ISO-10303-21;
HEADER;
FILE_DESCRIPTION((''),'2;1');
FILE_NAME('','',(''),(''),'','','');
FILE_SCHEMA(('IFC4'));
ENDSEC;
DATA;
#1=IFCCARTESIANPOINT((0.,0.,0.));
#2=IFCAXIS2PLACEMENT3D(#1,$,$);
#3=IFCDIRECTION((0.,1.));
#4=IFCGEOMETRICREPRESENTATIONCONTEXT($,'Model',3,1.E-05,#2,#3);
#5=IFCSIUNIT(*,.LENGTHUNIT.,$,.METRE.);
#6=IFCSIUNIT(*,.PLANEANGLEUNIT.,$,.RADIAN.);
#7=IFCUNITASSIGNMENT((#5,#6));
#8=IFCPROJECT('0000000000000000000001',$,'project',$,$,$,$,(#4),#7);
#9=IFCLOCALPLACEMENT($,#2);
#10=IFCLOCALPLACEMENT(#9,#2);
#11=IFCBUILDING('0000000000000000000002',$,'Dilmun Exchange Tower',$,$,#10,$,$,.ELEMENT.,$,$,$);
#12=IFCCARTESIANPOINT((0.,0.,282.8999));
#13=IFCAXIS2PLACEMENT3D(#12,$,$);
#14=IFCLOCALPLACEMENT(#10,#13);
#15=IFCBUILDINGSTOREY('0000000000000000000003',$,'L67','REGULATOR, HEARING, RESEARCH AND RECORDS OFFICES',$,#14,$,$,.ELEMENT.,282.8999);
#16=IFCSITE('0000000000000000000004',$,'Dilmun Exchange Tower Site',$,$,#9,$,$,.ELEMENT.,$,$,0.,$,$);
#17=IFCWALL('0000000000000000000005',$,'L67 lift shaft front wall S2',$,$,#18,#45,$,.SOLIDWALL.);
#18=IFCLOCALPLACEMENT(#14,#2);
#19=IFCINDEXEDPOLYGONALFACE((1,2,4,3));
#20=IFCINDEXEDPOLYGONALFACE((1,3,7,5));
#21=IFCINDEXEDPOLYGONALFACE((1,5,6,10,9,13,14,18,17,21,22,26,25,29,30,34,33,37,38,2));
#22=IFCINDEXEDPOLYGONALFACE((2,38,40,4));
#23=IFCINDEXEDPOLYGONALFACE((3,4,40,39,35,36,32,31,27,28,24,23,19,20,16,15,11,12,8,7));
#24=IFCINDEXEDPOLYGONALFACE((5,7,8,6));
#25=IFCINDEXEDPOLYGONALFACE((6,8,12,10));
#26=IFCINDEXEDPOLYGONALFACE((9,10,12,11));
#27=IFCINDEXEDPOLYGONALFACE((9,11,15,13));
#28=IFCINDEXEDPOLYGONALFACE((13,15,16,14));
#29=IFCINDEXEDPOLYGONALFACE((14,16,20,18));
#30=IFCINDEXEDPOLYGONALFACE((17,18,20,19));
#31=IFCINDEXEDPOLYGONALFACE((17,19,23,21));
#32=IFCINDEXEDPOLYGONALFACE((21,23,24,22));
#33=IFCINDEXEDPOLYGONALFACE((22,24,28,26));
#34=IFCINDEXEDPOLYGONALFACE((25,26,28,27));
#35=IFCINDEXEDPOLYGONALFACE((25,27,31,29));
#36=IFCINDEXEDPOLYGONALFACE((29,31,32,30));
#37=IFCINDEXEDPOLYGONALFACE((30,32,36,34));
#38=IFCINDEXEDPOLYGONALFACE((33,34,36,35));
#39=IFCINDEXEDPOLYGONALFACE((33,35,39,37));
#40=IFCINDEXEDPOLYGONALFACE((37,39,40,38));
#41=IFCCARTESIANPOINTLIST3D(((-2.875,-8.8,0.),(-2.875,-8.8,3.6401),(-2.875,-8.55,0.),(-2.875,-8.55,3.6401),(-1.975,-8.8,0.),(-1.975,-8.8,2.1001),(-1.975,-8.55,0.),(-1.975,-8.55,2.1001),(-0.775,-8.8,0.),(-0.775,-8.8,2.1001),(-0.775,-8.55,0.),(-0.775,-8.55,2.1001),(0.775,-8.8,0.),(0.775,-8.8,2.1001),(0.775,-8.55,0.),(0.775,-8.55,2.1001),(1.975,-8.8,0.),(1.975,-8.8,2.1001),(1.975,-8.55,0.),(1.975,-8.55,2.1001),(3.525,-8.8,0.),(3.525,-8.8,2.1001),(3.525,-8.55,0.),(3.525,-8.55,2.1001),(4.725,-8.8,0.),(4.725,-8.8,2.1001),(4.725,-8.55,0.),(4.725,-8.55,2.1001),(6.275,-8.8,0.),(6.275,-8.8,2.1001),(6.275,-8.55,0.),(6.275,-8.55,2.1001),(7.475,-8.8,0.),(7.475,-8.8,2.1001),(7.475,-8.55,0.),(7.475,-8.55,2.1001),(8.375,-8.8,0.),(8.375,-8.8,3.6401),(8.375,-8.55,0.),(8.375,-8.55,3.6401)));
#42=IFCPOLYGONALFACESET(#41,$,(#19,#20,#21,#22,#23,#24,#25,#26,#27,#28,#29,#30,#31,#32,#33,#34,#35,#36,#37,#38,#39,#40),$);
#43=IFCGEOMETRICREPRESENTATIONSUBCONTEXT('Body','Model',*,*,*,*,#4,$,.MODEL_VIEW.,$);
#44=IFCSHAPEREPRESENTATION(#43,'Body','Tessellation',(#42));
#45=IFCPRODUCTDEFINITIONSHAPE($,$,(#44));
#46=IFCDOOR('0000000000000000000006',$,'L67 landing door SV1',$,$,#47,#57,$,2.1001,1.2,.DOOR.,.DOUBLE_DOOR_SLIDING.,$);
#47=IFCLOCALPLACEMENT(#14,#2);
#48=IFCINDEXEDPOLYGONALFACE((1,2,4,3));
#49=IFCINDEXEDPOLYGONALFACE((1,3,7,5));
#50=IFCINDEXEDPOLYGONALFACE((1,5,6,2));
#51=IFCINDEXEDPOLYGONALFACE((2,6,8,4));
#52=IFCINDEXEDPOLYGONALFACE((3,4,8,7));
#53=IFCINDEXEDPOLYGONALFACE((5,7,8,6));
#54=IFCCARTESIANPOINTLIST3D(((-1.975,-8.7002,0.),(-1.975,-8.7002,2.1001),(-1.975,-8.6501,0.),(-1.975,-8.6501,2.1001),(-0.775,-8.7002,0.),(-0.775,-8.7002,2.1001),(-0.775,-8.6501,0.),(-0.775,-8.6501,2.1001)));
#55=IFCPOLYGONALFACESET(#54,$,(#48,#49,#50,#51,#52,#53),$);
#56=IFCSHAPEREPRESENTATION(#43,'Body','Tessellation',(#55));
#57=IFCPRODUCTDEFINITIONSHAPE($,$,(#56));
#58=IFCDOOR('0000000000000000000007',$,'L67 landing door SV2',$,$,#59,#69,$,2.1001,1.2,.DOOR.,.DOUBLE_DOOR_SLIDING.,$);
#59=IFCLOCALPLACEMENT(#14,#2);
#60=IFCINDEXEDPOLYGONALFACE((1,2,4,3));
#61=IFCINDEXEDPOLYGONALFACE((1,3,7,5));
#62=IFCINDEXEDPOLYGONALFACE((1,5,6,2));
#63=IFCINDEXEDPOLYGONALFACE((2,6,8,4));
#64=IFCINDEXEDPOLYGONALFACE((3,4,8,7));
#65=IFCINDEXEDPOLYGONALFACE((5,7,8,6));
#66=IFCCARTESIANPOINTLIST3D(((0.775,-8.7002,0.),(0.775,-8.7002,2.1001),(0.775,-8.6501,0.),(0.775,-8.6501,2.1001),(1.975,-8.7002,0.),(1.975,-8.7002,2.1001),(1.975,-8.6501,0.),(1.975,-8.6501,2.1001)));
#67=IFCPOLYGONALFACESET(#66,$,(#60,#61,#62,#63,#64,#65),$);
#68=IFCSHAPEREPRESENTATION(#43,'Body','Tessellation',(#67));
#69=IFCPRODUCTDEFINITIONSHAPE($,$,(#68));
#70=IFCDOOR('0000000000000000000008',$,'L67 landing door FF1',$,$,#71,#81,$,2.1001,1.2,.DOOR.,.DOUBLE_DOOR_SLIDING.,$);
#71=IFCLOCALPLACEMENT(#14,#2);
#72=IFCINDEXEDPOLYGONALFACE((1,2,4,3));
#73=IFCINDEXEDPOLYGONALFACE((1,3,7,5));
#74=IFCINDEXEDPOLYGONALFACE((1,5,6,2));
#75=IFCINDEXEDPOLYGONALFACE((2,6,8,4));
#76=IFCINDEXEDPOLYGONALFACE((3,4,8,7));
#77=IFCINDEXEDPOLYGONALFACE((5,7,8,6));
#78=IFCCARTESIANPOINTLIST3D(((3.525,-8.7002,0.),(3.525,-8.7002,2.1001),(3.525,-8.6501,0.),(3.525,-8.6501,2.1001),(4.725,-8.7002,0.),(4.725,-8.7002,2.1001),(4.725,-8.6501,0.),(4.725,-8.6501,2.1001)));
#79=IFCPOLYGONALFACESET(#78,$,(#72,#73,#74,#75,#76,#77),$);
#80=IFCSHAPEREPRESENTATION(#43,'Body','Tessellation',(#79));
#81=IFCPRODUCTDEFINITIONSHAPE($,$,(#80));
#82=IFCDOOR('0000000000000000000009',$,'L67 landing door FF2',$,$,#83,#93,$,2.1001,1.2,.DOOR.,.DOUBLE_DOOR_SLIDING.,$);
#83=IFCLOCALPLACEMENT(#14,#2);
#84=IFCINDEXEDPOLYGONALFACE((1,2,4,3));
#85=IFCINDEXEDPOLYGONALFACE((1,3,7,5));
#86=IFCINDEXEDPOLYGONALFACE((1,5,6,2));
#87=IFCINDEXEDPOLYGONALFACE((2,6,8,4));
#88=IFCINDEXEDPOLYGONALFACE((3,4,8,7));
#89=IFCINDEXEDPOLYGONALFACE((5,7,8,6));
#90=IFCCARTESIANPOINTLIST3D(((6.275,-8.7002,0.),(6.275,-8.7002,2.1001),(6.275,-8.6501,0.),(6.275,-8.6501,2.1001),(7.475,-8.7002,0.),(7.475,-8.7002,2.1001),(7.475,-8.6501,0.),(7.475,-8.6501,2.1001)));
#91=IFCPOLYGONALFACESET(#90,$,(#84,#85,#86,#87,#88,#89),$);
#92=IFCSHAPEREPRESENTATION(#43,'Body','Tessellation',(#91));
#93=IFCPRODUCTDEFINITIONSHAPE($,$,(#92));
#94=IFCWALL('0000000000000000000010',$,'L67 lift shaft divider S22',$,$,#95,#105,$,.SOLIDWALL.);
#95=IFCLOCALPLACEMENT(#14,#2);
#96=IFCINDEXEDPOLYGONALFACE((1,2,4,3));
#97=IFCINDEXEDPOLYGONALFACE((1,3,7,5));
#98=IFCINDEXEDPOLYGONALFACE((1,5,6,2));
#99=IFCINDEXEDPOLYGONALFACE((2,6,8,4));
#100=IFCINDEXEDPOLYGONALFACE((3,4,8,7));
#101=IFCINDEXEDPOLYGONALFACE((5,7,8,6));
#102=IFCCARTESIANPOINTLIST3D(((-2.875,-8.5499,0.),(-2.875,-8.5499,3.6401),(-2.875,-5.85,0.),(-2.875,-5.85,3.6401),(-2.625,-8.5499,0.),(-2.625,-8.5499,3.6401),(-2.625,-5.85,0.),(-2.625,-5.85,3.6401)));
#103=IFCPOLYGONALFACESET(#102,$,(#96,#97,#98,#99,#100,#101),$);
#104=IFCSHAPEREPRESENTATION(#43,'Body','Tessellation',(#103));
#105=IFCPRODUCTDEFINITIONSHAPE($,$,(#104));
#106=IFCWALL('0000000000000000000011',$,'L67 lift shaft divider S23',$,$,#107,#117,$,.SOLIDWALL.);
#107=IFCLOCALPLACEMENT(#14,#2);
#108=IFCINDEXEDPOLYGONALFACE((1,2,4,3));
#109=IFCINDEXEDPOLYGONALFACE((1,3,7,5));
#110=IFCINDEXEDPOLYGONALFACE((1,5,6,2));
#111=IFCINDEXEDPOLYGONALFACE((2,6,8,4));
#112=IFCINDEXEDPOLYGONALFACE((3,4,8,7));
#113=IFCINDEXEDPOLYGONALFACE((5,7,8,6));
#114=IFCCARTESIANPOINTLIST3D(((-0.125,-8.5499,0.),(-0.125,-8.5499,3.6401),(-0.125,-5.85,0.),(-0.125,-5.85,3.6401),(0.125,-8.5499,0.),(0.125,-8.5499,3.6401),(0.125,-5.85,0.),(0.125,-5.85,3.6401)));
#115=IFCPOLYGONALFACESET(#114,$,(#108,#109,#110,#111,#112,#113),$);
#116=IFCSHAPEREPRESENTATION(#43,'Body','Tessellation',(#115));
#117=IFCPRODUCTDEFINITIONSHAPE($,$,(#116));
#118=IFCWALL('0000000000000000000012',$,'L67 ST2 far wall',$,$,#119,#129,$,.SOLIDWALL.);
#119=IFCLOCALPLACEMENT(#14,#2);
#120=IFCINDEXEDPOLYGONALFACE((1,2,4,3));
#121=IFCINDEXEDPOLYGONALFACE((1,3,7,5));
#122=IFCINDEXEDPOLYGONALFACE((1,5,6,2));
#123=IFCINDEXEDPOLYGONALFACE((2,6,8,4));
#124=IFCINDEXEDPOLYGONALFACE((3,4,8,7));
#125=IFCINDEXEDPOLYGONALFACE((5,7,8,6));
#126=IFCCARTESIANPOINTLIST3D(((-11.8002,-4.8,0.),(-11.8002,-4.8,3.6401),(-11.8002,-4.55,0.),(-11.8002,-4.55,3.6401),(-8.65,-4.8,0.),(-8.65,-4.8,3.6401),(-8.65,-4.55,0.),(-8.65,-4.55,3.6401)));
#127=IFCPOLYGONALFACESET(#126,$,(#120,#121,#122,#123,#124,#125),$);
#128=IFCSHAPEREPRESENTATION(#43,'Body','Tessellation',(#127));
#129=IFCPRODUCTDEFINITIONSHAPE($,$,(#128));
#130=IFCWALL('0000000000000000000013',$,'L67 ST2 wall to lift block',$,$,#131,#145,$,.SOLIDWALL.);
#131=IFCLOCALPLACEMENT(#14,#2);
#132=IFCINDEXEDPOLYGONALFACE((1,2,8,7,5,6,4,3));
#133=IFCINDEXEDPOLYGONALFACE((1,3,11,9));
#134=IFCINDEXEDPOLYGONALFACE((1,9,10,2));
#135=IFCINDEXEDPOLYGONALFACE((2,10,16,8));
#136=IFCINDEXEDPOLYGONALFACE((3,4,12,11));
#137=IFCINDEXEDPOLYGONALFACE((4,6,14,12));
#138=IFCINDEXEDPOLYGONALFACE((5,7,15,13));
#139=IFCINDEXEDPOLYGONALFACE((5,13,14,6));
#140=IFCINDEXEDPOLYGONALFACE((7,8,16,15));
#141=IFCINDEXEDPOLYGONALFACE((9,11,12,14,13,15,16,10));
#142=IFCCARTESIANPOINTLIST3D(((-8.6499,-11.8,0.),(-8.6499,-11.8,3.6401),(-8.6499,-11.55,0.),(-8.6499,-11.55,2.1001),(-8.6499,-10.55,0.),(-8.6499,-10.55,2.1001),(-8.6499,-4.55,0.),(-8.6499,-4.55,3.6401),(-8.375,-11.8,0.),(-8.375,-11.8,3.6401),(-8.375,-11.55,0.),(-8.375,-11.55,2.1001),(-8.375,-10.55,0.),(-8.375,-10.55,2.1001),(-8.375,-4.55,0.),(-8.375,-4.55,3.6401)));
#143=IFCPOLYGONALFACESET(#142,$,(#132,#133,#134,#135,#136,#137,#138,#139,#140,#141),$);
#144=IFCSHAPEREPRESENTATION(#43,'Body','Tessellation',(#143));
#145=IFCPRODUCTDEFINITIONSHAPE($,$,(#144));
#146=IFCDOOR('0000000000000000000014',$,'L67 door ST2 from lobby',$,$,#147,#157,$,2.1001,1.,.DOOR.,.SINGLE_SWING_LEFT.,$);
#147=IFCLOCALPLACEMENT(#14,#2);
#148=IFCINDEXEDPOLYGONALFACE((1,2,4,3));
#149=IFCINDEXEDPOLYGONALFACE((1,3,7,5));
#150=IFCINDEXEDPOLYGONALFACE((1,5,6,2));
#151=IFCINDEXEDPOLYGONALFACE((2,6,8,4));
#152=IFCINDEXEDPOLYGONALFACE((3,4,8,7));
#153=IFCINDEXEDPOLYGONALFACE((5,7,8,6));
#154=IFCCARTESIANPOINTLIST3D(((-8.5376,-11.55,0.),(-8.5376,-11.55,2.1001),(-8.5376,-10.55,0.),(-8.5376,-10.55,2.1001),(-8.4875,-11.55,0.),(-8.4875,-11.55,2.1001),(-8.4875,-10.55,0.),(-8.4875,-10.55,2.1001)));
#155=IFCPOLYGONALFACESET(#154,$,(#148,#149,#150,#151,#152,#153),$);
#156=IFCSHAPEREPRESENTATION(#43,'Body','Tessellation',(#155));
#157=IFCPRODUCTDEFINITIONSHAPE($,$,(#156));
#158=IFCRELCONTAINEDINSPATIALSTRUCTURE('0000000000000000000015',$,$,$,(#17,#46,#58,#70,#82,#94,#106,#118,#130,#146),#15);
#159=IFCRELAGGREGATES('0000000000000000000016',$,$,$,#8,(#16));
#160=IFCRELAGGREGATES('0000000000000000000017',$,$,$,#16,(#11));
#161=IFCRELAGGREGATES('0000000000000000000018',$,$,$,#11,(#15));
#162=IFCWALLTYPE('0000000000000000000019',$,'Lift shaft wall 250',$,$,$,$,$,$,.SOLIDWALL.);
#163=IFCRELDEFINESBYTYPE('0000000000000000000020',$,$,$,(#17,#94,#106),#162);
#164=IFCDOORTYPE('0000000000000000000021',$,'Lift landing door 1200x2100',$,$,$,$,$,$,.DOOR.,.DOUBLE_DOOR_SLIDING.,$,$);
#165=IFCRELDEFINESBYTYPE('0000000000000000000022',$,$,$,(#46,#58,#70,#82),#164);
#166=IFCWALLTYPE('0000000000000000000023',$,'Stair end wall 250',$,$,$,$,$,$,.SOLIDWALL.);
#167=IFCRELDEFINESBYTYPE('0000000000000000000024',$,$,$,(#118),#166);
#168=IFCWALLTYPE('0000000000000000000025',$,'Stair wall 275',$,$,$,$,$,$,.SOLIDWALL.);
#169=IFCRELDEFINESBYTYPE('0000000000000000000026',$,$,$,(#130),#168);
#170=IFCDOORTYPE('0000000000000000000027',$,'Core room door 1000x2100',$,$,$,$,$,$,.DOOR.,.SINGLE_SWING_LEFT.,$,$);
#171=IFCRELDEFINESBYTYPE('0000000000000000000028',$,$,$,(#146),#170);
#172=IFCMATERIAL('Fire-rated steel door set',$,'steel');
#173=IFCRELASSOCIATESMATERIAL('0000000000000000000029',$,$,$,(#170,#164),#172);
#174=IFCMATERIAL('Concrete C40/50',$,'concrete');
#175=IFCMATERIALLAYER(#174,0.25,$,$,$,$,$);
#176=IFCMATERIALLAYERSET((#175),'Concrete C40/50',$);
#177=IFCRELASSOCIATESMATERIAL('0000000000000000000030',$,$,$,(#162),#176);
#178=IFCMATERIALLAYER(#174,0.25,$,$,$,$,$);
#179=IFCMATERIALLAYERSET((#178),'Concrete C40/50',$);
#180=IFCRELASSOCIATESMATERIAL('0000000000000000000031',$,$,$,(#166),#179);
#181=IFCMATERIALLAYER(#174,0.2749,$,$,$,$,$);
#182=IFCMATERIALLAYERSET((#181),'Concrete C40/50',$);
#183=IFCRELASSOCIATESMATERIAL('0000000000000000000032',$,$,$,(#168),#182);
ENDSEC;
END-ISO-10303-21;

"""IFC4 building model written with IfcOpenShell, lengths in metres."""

from ifc_helpers import new_model, si_unit, direction, frame, frame_2d, origin, place, context, subcontext, project, spatial, rectangle, extrude, material, layer, layer_set, type_object, element, fill, save


model = new_model("IFC4")

# Units and contexts
model_context = context("Model", 3, precision=1e-05, world=origin(), true_north=direction((0.0, 1.0)))
body_context = subcontext(model_context, "Body", "Model", "MODEL_VIEW")
ifc_project = project(units=[si_unit("LENGTHUNIT", "METRE"), si_unit("PLANEANGLEUNIT", "RADIAN")], contexts=[model_context])

# Site, building, storey
site_placement = place(None, origin())
site = spatial("IfcSite", under=ifc_project, at=site_placement, Name="Dilmun Exchange Tower Site", CompositionType="ELEMENT", RefElevation=0.0)
building_placement = place(site_placement, origin())
building = spatial("IfcBuilding", under=site, at=building_placement, Name="Dilmun Exchange Tower", CompositionType="ELEMENT")
storey_placement = place(building_placement, frame((0.0, 0.0, 282.8999)))
storey = spatial("IfcBuildingStorey", under=building, at=storey_placement, Name="L67", Description="REGULATOR, HEARING, RESEARCH AND RECORDS OFFICES", CompositionType="ELEMENT", Elevation=282.8999)

# Shared definitions
ifc_material_1 = material(Name="Concrete C40/50", Category="concrete")

# Shared definitions
ifc_material_2 = material(Name="Fire-rated steel door set", Category="steel")
door_type_1 = type_object("IfcDoorType", Name="Core room door 1000x2100", OperationType="SINGLE_SWING_LEFT", PredefinedType="DOOR", material=ifc_material_2)

# Wall, openings, doors
ifc_layer_1 = layer(ifc_material_1, 0.25)
ifc_layer_set_1 = layer_set([ifc_layer_1], Name="Concrete C40/50")
wall_type_1 = type_object("IfcWallType", Name="Lift shaft wall 250", PredefinedType="SOLIDWALL", material=ifc_layer_set_1)
wall_1_placement = place(storey_placement, frame((-2.875, -8.675, 0.0), z_axis=(0.0, 0.0, 1.0), x_axis=(1.0, 0.0, 0.0)))
wall_1 = element("IfcWall", 1, at=wall_1_placement, inside=storey, type_object=wall_type_1, Name="L67 lift shaft front wall S2", PredefinedType="SOLIDWALL", context=body_context, shape_type="SweptSolid", body=[
    extrude(rectangle(XDim=11.25, YDim=0.25, at=frame_2d((5.625, 0.0))), origin(), (0.0, 0.0, 1.0), 3.6401),
])
opening_1_placement = place(wall_1_placement, frame((0.8999, 0.0, 0.0)))
opening_1 = element("IfcOpeningElement", 2, at=opening_1_placement, cuts=wall_1, PredefinedType="OPENING", context=body_context, shape_type="SweptSolid", body=[
    extrude(rectangle(XDim=1.2, YDim=2.1001, at=frame_2d((0.6001, 1.05))), frame((0.0, 0.135, 0.0), z_axis=(0.0, -1.0, 0.0), x_axis=(1.0, 0.0, 0.0)), (0.0, 0.0, 1.0), 0.27),
])
opening_2_placement = place(wall_1_placement, frame((3.6499, 0.0, 0.0)))
opening_2 = element("IfcOpeningElement", 3, at=opening_2_placement, cuts=wall_1, PredefinedType="OPENING", context=body_context, shape_type="SweptSolid", body=[
    extrude(rectangle(XDim=1.2, YDim=2.1001, at=frame_2d((0.6001, 1.05))), frame((0.0, 0.135, 0.0), z_axis=(0.0, -1.0, 0.0), x_axis=(1.0, 0.0, 0.0)), (0.0, 0.0, 1.0), 0.27),
])
opening_3_placement = place(wall_1_placement, frame((6.3999, 0.0, 0.0)))
opening_3 = element("IfcOpeningElement", 4, at=opening_3_placement, cuts=wall_1, PredefinedType="OPENING", context=body_context, shape_type="SweptSolid", body=[
    extrude(rectangle(XDim=1.2, YDim=2.1001, at=frame_2d((0.6001, 1.05))), frame((0.0, 0.135, 0.0), z_axis=(0.0, -1.0, 0.0), x_axis=(1.0, 0.0, 0.0)), (0.0, 0.0, 1.0), 0.27),
])
opening_4_placement = place(wall_1_placement, frame((9.1499, 0.0, 0.0)))
opening_4 = element("IfcOpeningElement", 5, at=opening_4_placement, cuts=wall_1, PredefinedType="OPENING", context=body_context, shape_type="SweptSolid", body=[
    extrude(rectangle(XDim=1.2, YDim=2.1001, at=frame_2d((0.6001, 1.05))), frame((0.0, 0.135, 0.0), z_axis=(0.0, -1.0, 0.0), x_axis=(1.0, 0.0, 0.0)), (0.0, 0.0, 1.0), 0.27),
])
door_type_2 = type_object("IfcDoorType", Name="Lift landing door 1200x2100", OperationType="DOUBLE_DOOR_SLIDING", PredefinedType="DOOR", material=ifc_material_2)
door_1_placement = place(opening_1_placement, origin())
door_1 = element("IfcDoor", 6, at=door_1_placement, inside=storey, type_object=door_type_2, Name="L67 landing door SV1", OperationType="DOUBLE_DOOR_SLIDING", OverallHeight=2.1001, OverallWidth=1.2, PredefinedType="DOOR", context=body_context, shape_type="SweptSolid", body=[
    extrude(rectangle(XDim=1.2, YDim=2.1001, at=frame_2d((0.6001, 1.05))), frame((0.0, 0.0249, 0.0), z_axis=(0.0, -1.0, 0.0), x_axis=(1.0, 0.0, 0.0)), (0.0, 0.0, 1.0), 0.05),
])
fill(opening_1, door_1)
door_2_placement = place(opening_2_placement, origin())
door_2 = element("IfcDoor", 7, at=door_2_placement, inside=storey, type_object=door_type_2, Name="L67 landing door SV2", OperationType="DOUBLE_DOOR_SLIDING", OverallHeight=2.1001, OverallWidth=1.2, PredefinedType="DOOR", context=body_context, shape_type="SweptSolid", body=[
    extrude(rectangle(XDim=1.2, YDim=2.1001, at=frame_2d((0.6001, 1.05))), frame((0.0, 0.0249, 0.0), z_axis=(0.0, -1.0, 0.0), x_axis=(1.0, 0.0, 0.0)), (0.0, 0.0, 1.0), 0.05),
])
fill(opening_2, door_2)
door_3_placement = place(opening_3_placement, origin())
door_3 = element("IfcDoor", 8, at=door_3_placement, inside=storey, type_object=door_type_2, Name="L67 landing door FF1", OperationType="DOUBLE_DOOR_SLIDING", OverallHeight=2.1001, OverallWidth=1.2, PredefinedType="DOOR", context=body_context, shape_type="SweptSolid", body=[
    extrude(rectangle(XDim=1.2, YDim=2.1001, at=frame_2d((0.6001, 1.05))), frame((0.0, 0.0249, 0.0), z_axis=(0.0, -1.0, 0.0), x_axis=(1.0, 0.0, 0.0)), (0.0, 0.0, 1.0), 0.05),
])
fill(opening_3, door_3)
door_4_placement = place(opening_4_placement, origin())
door_4 = element("IfcDoor", 9, at=door_4_placement, inside=storey, type_object=door_type_2, Name="L67 landing door FF2", OperationType="DOUBLE_DOOR_SLIDING", OverallHeight=2.1001, OverallWidth=1.2, PredefinedType="DOOR", context=body_context, shape_type="SweptSolid", body=[
    extrude(rectangle(XDim=1.2, YDim=2.1001, at=frame_2d((0.6001, 1.05))), frame((0.0, 0.0249, 0.0), z_axis=(0.0, -1.0, 0.0), x_axis=(1.0, 0.0, 0.0)), (0.0, 0.0, 1.0), 0.05),
])
fill(opening_4, door_4)

# Walls
for number, where, z_axis, x_axis, name in (
    (10, (-2.75, -8.55, 0.0), (0.0, 0.0, 1.0), (0.0, 1.0, 0.0), "L67 lift shaft divider S22"),
    (11, (0.0, -8.55, 0.0), (0.0, 0.0, 1.0), (0.0, 1.0, 0.0), "L67 lift shaft divider S23"),
):
    element("IfcWall", number, at=place(storey_placement, frame(where, z_axis=z_axis, x_axis=x_axis)), inside=storey, type_object=wall_type_1, Name=name, PredefinedType="SOLIDWALL", context=body_context, shape_type="SweptSolid", body=[
        extrude(rectangle(XDim=2.7, YDim=0.25, at=frame_2d((1.3501, 0.0))), origin(), (0.0, 0.0, 1.0), 3.6401),
    ])
ifc_layer_2 = layer(ifc_material_1, 0.25)
ifc_layer_set_2 = layer_set([ifc_layer_2], Name="Concrete C40/50")
wall_type_2 = type_object("IfcWallType", Name="Stair end wall 250", PredefinedType="SOLIDWALL", material=ifc_layer_set_2)
wall_2_placement = place(storey_placement, frame((-8.6499, -4.675, 0.0), z_axis=(0.0, 0.0, 1.0), x_axis=(-1.0, 0.0, 0.0)))
element("IfcWall", 12, at=wall_2_placement, inside=storey, type_object=wall_type_2, Name="L67 ST2 far wall", PredefinedType="SOLIDWALL", context=body_context, shape_type="SweptSolid", body=[
    extrude(rectangle(XDim=3.1501, YDim=0.25, at=frame_2d((1.5752, 0.0))), origin(), (0.0, 0.0, 1.0), 3.6401),
])

# Wall, opening, door
ifc_layer_3 = layer(ifc_material_1, 0.2749)
ifc_layer_set_3 = layer_set([ifc_layer_3], Name="Concrete C40/50")
wall_type_3 = type_object("IfcWallType", Name="Stair wall 275", PredefinedType="SOLIDWALL", material=ifc_layer_set_3)
wall_3_placement = place(storey_placement, frame((-8.5125, -4.55, 0.0), z_axis=(0.0, 0.0, 1.0), x_axis=(0.0, -1.0, 0.0)))
wall_3 = element("IfcWall", 13, at=wall_3_placement, inside=storey, type_object=wall_type_3, Name="L67 ST2 wall to lift block", PredefinedType="SOLIDWALL", context=body_context, shape_type="SweptSolid", body=[
    extrude(rectangle(XDim=7.25, YDim=0.2749, at=frame_2d((3.625, 0.0))), origin(), (0.0, 0.0, 1.0), 3.6401),
])
opening_5_placement = place(wall_3_placement, frame((6.0, 0.0, 0.0)))
opening_5 = element("IfcOpeningElement", 14, at=opening_5_placement, cuts=wall_3, PredefinedType="OPENING", context=body_context, shape_type="SweptSolid", body=[
    extrude(rectangle(XDim=1.0, YDim=2.1001, at=frame_2d((0.5, 1.05))), frame((0.0, 0.1475, 0.0), z_axis=(0.0, -1.0, 0.0), x_axis=(1.0, 0.0, 0.0)), (0.0, 0.0, 1.0), 0.2949),
])
door_5_placement = place(opening_5_placement, origin())
door_5 = element("IfcDoor", 15, at=door_5_placement, inside=storey, type_object=door_type_1, Name="L67 door ST2 from lobby", OperationType="SINGLE_SWING_LEFT", OverallHeight=2.1001, OverallWidth=1.0, PredefinedType="DOOR", context=body_context, shape_type="SweptSolid", body=[
    extrude(rectangle(XDim=1.0, YDim=2.1001, at=frame_2d((0.5, 1.05))), frame((0.0, 0.0249, 0.0), z_axis=(0.0, -1.0, 0.0), x_axis=(1.0, 0.0, 0.0)), (0.0, 0.0, 1.0), 0.05),
])
fill(opening_5, door_5)

save(model, "model.ifc")
